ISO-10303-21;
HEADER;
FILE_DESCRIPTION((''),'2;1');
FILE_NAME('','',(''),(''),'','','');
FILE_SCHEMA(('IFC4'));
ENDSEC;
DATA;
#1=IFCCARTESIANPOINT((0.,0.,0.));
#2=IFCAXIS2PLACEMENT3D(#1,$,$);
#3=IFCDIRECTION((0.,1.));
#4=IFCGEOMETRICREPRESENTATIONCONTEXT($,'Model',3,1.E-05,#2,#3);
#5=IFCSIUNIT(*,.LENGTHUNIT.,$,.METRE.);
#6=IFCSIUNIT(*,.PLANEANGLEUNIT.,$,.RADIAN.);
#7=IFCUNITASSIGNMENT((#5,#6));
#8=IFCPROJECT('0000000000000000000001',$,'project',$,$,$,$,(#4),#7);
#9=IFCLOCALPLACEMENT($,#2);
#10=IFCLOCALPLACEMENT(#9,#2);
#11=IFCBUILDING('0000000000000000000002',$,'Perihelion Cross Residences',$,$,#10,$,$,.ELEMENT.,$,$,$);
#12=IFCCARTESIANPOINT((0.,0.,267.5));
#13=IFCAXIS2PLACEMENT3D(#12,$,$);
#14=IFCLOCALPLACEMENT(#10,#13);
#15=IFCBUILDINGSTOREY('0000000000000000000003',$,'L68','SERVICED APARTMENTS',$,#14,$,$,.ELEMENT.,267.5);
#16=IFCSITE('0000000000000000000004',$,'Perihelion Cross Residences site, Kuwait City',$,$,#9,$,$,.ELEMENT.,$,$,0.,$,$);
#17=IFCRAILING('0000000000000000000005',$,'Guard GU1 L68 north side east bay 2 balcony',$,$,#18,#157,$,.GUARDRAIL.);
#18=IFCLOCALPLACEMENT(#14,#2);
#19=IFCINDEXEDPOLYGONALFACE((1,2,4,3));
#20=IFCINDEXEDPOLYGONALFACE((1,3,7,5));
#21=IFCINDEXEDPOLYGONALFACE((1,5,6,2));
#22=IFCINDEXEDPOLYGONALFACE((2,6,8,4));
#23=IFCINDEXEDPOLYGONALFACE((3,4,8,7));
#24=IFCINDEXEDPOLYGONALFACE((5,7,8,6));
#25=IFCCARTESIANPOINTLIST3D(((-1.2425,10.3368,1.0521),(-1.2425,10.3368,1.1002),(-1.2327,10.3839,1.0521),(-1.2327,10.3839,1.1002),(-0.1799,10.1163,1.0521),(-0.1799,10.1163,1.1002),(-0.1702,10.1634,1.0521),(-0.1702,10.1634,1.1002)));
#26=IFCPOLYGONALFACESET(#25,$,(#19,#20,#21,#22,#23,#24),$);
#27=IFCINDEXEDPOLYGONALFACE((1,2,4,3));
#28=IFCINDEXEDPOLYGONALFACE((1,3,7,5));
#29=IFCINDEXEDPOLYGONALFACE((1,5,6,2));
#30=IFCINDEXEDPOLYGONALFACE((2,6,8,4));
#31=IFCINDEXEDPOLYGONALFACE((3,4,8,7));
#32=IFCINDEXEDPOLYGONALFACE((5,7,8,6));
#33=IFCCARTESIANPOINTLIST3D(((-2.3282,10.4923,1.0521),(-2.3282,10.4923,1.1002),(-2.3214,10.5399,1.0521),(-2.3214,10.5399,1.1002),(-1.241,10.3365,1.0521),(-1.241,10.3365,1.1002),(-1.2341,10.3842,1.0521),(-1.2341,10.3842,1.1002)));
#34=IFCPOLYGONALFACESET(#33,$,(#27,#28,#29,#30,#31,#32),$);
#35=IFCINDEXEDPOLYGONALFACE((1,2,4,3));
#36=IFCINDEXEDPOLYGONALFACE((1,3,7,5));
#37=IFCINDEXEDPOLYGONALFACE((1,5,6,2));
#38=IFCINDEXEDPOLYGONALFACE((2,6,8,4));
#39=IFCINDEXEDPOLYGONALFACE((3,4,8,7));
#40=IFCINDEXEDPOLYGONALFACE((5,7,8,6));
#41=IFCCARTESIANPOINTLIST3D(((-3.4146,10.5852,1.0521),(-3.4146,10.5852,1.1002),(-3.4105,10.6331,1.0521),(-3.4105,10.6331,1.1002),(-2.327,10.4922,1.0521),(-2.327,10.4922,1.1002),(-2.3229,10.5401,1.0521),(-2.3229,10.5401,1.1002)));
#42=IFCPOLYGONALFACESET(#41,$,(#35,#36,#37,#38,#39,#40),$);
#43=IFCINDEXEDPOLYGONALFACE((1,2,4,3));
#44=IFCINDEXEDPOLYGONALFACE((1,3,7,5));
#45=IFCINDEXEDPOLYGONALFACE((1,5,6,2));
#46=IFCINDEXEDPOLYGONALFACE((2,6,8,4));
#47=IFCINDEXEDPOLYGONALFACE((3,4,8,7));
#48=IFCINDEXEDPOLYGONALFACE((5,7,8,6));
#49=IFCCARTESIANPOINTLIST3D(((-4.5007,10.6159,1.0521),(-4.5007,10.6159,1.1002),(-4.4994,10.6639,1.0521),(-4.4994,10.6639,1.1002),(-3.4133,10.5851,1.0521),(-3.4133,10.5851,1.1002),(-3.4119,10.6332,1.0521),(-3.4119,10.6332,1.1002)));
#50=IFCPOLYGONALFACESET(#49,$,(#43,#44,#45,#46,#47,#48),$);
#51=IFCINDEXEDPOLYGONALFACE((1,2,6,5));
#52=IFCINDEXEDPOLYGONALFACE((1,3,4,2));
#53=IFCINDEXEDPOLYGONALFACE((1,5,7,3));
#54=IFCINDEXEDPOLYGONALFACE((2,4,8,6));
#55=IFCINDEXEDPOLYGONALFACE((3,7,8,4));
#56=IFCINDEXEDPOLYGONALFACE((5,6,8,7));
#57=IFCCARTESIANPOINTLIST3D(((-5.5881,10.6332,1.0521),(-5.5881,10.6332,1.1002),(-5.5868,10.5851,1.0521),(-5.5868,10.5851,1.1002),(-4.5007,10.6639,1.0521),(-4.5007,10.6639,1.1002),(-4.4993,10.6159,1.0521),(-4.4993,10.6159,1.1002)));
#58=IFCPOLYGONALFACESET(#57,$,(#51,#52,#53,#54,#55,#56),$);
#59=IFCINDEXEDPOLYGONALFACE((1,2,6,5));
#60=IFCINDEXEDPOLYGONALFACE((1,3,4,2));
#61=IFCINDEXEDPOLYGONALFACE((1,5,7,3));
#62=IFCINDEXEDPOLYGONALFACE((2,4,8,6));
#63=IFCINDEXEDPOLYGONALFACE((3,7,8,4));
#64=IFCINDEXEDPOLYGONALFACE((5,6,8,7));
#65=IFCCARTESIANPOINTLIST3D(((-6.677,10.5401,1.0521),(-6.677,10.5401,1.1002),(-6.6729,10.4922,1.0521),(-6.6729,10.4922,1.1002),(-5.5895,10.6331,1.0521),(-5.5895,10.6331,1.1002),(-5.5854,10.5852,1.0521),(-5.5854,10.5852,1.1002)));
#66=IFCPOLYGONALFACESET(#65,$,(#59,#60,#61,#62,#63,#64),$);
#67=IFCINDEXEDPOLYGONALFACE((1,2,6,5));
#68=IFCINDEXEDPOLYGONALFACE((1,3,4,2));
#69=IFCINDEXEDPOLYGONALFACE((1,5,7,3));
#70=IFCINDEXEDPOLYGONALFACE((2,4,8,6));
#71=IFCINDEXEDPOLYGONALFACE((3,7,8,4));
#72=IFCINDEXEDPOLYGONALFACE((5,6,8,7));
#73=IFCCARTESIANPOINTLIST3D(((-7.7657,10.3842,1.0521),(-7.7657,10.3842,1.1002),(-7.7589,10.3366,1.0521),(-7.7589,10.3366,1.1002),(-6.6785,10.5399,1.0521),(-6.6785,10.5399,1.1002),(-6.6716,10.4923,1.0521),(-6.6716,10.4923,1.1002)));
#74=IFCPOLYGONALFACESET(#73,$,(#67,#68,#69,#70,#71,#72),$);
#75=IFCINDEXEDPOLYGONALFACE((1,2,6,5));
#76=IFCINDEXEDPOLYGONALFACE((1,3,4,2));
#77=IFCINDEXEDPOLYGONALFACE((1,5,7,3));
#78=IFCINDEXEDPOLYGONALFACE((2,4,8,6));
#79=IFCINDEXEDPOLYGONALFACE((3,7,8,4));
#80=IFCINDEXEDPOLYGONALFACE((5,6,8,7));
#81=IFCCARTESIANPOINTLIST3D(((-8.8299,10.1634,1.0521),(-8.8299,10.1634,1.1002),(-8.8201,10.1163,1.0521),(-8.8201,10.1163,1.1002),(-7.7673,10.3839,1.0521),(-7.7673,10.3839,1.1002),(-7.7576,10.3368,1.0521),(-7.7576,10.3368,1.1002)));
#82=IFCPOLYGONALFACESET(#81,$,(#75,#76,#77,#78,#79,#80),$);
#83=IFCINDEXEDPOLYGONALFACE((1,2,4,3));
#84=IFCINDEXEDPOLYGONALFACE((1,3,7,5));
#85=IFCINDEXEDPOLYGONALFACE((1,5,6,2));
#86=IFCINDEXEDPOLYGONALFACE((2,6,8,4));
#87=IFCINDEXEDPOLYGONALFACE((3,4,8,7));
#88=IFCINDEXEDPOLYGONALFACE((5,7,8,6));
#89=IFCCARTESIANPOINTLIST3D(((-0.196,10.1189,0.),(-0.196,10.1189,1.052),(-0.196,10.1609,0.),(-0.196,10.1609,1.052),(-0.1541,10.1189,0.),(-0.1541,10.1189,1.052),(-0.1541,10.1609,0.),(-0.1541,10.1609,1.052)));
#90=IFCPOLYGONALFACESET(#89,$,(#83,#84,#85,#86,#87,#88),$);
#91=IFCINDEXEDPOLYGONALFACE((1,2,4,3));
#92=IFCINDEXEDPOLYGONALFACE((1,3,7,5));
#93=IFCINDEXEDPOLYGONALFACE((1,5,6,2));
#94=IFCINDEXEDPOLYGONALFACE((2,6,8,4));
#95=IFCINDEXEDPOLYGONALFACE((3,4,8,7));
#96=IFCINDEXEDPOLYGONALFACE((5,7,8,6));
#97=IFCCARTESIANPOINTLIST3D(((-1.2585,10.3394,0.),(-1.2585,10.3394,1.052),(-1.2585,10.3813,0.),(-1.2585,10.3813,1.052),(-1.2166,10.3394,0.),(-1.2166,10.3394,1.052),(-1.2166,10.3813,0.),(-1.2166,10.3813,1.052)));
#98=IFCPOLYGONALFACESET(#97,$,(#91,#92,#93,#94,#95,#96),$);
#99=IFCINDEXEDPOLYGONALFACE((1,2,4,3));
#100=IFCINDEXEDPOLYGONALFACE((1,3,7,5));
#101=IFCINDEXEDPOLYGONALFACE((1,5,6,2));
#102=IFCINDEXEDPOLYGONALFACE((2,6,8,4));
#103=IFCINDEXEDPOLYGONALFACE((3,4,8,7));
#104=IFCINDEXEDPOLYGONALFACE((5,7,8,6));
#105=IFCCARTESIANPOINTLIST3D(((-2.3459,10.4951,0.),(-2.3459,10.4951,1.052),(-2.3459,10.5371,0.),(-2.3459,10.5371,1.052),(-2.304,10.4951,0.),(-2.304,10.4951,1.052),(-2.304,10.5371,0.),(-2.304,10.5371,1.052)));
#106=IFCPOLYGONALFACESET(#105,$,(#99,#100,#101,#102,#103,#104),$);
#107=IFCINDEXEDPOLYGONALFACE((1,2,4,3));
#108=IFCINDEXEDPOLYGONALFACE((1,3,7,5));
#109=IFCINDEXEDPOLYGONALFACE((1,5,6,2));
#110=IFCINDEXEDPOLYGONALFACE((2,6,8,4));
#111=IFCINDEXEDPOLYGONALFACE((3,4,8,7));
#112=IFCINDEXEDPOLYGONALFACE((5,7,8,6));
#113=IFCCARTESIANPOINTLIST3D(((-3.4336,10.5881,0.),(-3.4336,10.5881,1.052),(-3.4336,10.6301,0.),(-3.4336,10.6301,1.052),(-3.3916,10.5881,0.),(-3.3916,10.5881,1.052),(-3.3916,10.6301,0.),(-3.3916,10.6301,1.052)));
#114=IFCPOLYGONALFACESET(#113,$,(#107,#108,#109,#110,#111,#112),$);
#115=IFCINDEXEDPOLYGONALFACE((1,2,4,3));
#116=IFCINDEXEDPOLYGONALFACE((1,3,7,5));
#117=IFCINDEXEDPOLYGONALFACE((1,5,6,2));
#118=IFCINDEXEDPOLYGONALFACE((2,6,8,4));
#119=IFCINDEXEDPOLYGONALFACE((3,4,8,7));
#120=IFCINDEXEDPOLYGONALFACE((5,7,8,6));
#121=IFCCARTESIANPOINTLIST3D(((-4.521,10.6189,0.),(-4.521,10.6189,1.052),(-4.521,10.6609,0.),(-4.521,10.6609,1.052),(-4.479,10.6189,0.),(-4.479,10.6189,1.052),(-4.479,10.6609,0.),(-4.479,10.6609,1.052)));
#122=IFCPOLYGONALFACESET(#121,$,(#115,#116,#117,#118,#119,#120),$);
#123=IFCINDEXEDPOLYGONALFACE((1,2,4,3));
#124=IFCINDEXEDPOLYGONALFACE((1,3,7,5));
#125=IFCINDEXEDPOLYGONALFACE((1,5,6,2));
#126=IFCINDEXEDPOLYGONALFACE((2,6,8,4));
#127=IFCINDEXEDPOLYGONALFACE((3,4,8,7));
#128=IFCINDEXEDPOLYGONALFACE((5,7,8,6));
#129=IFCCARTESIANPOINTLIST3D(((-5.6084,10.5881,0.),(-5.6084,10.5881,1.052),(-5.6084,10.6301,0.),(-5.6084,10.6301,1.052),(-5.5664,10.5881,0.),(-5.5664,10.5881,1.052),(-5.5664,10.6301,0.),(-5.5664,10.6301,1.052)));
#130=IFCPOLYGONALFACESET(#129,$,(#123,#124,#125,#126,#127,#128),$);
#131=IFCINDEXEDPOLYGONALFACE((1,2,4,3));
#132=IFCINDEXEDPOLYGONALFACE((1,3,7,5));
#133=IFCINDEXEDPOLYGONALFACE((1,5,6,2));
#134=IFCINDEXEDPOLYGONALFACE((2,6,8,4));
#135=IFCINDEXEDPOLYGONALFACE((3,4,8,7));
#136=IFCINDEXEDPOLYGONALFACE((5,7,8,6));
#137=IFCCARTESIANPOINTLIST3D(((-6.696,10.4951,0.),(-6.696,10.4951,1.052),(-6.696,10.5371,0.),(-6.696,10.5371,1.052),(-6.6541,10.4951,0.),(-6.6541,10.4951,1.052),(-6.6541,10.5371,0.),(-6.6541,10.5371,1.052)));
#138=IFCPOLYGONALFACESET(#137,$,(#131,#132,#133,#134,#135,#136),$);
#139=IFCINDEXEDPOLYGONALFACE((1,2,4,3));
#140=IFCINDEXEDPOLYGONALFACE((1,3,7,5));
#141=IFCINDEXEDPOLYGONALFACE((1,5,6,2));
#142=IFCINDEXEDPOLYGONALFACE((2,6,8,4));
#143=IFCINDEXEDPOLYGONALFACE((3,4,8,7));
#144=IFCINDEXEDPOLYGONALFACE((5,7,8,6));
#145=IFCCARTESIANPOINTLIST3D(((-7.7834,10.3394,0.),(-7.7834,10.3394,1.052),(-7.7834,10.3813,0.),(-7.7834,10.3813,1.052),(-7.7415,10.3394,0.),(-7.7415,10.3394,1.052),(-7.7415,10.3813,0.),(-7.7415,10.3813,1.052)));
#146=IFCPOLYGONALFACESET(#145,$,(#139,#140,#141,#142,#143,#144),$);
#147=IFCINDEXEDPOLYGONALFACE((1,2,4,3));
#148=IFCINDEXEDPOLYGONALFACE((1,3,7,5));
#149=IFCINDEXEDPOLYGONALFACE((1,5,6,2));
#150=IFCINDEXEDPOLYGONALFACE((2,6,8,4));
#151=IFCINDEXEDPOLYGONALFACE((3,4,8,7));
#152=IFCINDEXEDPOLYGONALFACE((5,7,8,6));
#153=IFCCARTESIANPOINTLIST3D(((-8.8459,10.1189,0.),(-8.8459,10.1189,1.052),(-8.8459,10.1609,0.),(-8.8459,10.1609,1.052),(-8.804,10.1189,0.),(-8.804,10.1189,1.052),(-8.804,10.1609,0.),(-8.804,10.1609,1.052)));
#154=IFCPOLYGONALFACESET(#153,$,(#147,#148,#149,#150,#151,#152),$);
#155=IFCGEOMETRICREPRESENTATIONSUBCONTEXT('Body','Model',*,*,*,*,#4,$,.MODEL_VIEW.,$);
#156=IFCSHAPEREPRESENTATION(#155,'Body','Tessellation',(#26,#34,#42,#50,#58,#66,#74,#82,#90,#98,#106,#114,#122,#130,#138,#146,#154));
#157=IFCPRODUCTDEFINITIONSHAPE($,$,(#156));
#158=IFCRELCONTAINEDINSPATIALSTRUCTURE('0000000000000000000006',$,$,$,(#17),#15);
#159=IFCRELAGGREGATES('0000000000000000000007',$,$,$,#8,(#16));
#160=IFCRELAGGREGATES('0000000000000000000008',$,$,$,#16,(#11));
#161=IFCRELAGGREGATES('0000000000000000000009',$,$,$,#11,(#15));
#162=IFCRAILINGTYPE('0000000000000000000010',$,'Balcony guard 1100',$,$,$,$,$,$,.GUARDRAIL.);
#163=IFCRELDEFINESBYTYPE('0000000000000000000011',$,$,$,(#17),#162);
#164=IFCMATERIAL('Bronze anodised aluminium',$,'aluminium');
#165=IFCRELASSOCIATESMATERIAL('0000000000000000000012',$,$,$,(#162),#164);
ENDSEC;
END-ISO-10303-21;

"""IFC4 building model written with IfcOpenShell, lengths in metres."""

from ifc_helpers import new_model, si_unit, direction, frame, origin, origin_2d, place, context, subcontext, project, spatial, rectangle, extrude, material, type_object, element, save


model = new_model("IFC4")

# Units and contexts
model_context = context("Model", 3, precision=1e-05, world=origin(), true_north=direction((0.0, 1.0)))
body_context = subcontext(model_context, "Body", "Model", "MODEL_VIEW")
ifc_project = project(units=[si_unit("LENGTHUNIT", "METRE"), si_unit("PLANEANGLEUNIT", "RADIAN")], contexts=[model_context])

# Site, building, storey
site_placement = place(None, origin())
site = spatial("IfcSite", under=ifc_project, at=site_placement, Name="Perihelion Cross Residences site, Kuwait City", CompositionType="ELEMENT", RefElevation=0.0)
building_placement = place(site_placement, origin())
building = spatial("IfcBuilding", under=site, at=building_placement, Name="Perihelion Cross Residences", CompositionType="ELEMENT")
storey_placement = place(building_placement, frame((0.0, 0.0, 267.5)))
storey = spatial("IfcBuildingStorey", under=building, at=storey_placement, Name="L68", Description="SERVICED APARTMENTS", CompositionType="ELEMENT", Elevation=267.5)

# Railing
ifc_material_1 = material(Name="Bronze anodised aluminium", Category="aluminium")
railing_type = type_object("IfcRailingType", Name="Balcony guard 1100", PredefinedType="GUARDRAIL", material=ifc_material_1)
railing_1_placement = place(storey_placement, frame((-0.175, 10.1399, 0.0)))
element("IfcRailing", 1, at=railing_1_placement, inside=storey, type_object=railing_type, Name="Guard GU1 L68 north side east bay 2 balcony", PredefinedType="GUARDRAIL", context=body_context, shape_type="SweptSolid", body=[
    extrude(rectangle(XDim=0.0481, YDim=0.0481, at=origin_2d()), frame((0.0, 0.0, 1.0762), z_axis=(-0.979145, 0.203164, 0.0), x_axis=(-0.203164, -0.979145, 0.0)), (0.0, 0.0, 1.0), 1.0852),
    extrude(rectangle(XDim=0.0481, YDim=0.0481, at=origin_2d()), frame((-1.0625, 0.2205, 1.0762), z_axis=(-0.989896, 0.141795, 0.0), x_axis=(-0.141795, -0.989896, 0.0)), (0.0, 0.0, 1.0), 1.0984),
    extrude(rectangle(XDim=0.0481, YDim=0.0481, at=origin_2d()), frame((-2.1499, 0.3762, 1.0762), z_axis=(-0.996363, 0.085211, 0.0), x_axis=(-0.085211, -0.996363, 0.0)), (0.0, 0.0, 1.0), 1.0916),
    extrude(rectangle(XDim=0.0481, YDim=0.0481, at=origin_2d()), frame((-3.2375, 0.4692, 1.0762), z_axis=(-0.9996, 0.028278, 0.0), x_axis=(-0.028278, -0.9996, 0.0)), (0.0, 0.0, 1.0), 1.0879),
    extrude(rectangle(XDim=0.0481, YDim=0.0481, at=origin_2d()), frame((-4.325, 0.5, 1.0762), z_axis=(-0.9996, -0.028278, 0.0), x_axis=(0.028278, -0.9996, 0.0)), (0.0, 0.0, 1.0), 1.0879),
    extrude(rectangle(XDim=0.0481, YDim=0.0481, at=origin_2d()), frame((-5.4124, 0.4692, 1.0762), z_axis=(-0.996363, -0.085211, 0.0), x_axis=(0.085211, -0.996363, 0.0)), (0.0, 0.0, 1.0), 1.0916),
    extrude(rectangle(XDim=0.0481, YDim=0.0481, at=origin_2d()), frame((-6.5, 0.3762, 1.0762), z_axis=(-0.989896, -0.141795, 0.0), x_axis=(0.141795, -0.989896, 0.0)), (0.0, 0.0, 1.0), 1.0984),
    extrude(rectangle(XDim=0.0481, YDim=0.0481, at=origin_2d()), frame((-7.5874, 0.2205, 1.0762), z_axis=(-0.979145, -0.203164, 0.0), x_axis=(0.203164, -0.979145, 0.0)), (0.0, 0.0, 1.0), 1.0852),
    extrude(rectangle(XDim=0.042, YDim=0.042, at=origin_2d()), origin(), (0.0, 0.0, 1.0), 1.052),
    extrude(rectangle(XDim=0.042, YDim=0.042, at=origin_2d()), frame((-1.0625, 0.2205, 0.0)), (0.0, 0.0, 1.0), 1.052),
    extrude(rectangle(XDim=0.042, YDim=0.042, at=origin_2d()), frame((-2.1499, 0.3762, 0.0)), (0.0, 0.0, 1.0), 1.052),
    extrude(rectangle(XDim=0.042, YDim=0.042, at=origin_2d()), frame((-3.2375, 0.4692, 0.0)), (0.0, 0.0, 1.0), 1.052),
    extrude(rectangle(XDim=0.042, YDim=0.042, at=origin_2d()), frame((-4.325, 0.5, 0.0)), (0.0, 0.0, 1.0), 1.052),
    extrude(rectangle(XDim=0.042, YDim=0.042, at=origin_2d()), frame((-5.4124, 0.4692, 0.0)), (0.0, 0.0, 1.0), 1.052),
    extrude(rectangle(XDim=0.042, YDim=0.042, at=origin_2d()), frame((-6.5, 0.3762, 0.0)), (0.0, 0.0, 1.0), 1.052),
    extrude(rectangle(XDim=0.042, YDim=0.042, at=origin_2d()), frame((-7.5874, 0.2205, 0.0)), (0.0, 0.0, 1.0), 1.052),
    extrude(rectangle(XDim=0.042, YDim=0.042, at=origin_2d()), frame((-8.6499, 0.0, 0.0)), (0.0, 0.0, 1.0), 1.052),
])

save(model, "model.ifc")
